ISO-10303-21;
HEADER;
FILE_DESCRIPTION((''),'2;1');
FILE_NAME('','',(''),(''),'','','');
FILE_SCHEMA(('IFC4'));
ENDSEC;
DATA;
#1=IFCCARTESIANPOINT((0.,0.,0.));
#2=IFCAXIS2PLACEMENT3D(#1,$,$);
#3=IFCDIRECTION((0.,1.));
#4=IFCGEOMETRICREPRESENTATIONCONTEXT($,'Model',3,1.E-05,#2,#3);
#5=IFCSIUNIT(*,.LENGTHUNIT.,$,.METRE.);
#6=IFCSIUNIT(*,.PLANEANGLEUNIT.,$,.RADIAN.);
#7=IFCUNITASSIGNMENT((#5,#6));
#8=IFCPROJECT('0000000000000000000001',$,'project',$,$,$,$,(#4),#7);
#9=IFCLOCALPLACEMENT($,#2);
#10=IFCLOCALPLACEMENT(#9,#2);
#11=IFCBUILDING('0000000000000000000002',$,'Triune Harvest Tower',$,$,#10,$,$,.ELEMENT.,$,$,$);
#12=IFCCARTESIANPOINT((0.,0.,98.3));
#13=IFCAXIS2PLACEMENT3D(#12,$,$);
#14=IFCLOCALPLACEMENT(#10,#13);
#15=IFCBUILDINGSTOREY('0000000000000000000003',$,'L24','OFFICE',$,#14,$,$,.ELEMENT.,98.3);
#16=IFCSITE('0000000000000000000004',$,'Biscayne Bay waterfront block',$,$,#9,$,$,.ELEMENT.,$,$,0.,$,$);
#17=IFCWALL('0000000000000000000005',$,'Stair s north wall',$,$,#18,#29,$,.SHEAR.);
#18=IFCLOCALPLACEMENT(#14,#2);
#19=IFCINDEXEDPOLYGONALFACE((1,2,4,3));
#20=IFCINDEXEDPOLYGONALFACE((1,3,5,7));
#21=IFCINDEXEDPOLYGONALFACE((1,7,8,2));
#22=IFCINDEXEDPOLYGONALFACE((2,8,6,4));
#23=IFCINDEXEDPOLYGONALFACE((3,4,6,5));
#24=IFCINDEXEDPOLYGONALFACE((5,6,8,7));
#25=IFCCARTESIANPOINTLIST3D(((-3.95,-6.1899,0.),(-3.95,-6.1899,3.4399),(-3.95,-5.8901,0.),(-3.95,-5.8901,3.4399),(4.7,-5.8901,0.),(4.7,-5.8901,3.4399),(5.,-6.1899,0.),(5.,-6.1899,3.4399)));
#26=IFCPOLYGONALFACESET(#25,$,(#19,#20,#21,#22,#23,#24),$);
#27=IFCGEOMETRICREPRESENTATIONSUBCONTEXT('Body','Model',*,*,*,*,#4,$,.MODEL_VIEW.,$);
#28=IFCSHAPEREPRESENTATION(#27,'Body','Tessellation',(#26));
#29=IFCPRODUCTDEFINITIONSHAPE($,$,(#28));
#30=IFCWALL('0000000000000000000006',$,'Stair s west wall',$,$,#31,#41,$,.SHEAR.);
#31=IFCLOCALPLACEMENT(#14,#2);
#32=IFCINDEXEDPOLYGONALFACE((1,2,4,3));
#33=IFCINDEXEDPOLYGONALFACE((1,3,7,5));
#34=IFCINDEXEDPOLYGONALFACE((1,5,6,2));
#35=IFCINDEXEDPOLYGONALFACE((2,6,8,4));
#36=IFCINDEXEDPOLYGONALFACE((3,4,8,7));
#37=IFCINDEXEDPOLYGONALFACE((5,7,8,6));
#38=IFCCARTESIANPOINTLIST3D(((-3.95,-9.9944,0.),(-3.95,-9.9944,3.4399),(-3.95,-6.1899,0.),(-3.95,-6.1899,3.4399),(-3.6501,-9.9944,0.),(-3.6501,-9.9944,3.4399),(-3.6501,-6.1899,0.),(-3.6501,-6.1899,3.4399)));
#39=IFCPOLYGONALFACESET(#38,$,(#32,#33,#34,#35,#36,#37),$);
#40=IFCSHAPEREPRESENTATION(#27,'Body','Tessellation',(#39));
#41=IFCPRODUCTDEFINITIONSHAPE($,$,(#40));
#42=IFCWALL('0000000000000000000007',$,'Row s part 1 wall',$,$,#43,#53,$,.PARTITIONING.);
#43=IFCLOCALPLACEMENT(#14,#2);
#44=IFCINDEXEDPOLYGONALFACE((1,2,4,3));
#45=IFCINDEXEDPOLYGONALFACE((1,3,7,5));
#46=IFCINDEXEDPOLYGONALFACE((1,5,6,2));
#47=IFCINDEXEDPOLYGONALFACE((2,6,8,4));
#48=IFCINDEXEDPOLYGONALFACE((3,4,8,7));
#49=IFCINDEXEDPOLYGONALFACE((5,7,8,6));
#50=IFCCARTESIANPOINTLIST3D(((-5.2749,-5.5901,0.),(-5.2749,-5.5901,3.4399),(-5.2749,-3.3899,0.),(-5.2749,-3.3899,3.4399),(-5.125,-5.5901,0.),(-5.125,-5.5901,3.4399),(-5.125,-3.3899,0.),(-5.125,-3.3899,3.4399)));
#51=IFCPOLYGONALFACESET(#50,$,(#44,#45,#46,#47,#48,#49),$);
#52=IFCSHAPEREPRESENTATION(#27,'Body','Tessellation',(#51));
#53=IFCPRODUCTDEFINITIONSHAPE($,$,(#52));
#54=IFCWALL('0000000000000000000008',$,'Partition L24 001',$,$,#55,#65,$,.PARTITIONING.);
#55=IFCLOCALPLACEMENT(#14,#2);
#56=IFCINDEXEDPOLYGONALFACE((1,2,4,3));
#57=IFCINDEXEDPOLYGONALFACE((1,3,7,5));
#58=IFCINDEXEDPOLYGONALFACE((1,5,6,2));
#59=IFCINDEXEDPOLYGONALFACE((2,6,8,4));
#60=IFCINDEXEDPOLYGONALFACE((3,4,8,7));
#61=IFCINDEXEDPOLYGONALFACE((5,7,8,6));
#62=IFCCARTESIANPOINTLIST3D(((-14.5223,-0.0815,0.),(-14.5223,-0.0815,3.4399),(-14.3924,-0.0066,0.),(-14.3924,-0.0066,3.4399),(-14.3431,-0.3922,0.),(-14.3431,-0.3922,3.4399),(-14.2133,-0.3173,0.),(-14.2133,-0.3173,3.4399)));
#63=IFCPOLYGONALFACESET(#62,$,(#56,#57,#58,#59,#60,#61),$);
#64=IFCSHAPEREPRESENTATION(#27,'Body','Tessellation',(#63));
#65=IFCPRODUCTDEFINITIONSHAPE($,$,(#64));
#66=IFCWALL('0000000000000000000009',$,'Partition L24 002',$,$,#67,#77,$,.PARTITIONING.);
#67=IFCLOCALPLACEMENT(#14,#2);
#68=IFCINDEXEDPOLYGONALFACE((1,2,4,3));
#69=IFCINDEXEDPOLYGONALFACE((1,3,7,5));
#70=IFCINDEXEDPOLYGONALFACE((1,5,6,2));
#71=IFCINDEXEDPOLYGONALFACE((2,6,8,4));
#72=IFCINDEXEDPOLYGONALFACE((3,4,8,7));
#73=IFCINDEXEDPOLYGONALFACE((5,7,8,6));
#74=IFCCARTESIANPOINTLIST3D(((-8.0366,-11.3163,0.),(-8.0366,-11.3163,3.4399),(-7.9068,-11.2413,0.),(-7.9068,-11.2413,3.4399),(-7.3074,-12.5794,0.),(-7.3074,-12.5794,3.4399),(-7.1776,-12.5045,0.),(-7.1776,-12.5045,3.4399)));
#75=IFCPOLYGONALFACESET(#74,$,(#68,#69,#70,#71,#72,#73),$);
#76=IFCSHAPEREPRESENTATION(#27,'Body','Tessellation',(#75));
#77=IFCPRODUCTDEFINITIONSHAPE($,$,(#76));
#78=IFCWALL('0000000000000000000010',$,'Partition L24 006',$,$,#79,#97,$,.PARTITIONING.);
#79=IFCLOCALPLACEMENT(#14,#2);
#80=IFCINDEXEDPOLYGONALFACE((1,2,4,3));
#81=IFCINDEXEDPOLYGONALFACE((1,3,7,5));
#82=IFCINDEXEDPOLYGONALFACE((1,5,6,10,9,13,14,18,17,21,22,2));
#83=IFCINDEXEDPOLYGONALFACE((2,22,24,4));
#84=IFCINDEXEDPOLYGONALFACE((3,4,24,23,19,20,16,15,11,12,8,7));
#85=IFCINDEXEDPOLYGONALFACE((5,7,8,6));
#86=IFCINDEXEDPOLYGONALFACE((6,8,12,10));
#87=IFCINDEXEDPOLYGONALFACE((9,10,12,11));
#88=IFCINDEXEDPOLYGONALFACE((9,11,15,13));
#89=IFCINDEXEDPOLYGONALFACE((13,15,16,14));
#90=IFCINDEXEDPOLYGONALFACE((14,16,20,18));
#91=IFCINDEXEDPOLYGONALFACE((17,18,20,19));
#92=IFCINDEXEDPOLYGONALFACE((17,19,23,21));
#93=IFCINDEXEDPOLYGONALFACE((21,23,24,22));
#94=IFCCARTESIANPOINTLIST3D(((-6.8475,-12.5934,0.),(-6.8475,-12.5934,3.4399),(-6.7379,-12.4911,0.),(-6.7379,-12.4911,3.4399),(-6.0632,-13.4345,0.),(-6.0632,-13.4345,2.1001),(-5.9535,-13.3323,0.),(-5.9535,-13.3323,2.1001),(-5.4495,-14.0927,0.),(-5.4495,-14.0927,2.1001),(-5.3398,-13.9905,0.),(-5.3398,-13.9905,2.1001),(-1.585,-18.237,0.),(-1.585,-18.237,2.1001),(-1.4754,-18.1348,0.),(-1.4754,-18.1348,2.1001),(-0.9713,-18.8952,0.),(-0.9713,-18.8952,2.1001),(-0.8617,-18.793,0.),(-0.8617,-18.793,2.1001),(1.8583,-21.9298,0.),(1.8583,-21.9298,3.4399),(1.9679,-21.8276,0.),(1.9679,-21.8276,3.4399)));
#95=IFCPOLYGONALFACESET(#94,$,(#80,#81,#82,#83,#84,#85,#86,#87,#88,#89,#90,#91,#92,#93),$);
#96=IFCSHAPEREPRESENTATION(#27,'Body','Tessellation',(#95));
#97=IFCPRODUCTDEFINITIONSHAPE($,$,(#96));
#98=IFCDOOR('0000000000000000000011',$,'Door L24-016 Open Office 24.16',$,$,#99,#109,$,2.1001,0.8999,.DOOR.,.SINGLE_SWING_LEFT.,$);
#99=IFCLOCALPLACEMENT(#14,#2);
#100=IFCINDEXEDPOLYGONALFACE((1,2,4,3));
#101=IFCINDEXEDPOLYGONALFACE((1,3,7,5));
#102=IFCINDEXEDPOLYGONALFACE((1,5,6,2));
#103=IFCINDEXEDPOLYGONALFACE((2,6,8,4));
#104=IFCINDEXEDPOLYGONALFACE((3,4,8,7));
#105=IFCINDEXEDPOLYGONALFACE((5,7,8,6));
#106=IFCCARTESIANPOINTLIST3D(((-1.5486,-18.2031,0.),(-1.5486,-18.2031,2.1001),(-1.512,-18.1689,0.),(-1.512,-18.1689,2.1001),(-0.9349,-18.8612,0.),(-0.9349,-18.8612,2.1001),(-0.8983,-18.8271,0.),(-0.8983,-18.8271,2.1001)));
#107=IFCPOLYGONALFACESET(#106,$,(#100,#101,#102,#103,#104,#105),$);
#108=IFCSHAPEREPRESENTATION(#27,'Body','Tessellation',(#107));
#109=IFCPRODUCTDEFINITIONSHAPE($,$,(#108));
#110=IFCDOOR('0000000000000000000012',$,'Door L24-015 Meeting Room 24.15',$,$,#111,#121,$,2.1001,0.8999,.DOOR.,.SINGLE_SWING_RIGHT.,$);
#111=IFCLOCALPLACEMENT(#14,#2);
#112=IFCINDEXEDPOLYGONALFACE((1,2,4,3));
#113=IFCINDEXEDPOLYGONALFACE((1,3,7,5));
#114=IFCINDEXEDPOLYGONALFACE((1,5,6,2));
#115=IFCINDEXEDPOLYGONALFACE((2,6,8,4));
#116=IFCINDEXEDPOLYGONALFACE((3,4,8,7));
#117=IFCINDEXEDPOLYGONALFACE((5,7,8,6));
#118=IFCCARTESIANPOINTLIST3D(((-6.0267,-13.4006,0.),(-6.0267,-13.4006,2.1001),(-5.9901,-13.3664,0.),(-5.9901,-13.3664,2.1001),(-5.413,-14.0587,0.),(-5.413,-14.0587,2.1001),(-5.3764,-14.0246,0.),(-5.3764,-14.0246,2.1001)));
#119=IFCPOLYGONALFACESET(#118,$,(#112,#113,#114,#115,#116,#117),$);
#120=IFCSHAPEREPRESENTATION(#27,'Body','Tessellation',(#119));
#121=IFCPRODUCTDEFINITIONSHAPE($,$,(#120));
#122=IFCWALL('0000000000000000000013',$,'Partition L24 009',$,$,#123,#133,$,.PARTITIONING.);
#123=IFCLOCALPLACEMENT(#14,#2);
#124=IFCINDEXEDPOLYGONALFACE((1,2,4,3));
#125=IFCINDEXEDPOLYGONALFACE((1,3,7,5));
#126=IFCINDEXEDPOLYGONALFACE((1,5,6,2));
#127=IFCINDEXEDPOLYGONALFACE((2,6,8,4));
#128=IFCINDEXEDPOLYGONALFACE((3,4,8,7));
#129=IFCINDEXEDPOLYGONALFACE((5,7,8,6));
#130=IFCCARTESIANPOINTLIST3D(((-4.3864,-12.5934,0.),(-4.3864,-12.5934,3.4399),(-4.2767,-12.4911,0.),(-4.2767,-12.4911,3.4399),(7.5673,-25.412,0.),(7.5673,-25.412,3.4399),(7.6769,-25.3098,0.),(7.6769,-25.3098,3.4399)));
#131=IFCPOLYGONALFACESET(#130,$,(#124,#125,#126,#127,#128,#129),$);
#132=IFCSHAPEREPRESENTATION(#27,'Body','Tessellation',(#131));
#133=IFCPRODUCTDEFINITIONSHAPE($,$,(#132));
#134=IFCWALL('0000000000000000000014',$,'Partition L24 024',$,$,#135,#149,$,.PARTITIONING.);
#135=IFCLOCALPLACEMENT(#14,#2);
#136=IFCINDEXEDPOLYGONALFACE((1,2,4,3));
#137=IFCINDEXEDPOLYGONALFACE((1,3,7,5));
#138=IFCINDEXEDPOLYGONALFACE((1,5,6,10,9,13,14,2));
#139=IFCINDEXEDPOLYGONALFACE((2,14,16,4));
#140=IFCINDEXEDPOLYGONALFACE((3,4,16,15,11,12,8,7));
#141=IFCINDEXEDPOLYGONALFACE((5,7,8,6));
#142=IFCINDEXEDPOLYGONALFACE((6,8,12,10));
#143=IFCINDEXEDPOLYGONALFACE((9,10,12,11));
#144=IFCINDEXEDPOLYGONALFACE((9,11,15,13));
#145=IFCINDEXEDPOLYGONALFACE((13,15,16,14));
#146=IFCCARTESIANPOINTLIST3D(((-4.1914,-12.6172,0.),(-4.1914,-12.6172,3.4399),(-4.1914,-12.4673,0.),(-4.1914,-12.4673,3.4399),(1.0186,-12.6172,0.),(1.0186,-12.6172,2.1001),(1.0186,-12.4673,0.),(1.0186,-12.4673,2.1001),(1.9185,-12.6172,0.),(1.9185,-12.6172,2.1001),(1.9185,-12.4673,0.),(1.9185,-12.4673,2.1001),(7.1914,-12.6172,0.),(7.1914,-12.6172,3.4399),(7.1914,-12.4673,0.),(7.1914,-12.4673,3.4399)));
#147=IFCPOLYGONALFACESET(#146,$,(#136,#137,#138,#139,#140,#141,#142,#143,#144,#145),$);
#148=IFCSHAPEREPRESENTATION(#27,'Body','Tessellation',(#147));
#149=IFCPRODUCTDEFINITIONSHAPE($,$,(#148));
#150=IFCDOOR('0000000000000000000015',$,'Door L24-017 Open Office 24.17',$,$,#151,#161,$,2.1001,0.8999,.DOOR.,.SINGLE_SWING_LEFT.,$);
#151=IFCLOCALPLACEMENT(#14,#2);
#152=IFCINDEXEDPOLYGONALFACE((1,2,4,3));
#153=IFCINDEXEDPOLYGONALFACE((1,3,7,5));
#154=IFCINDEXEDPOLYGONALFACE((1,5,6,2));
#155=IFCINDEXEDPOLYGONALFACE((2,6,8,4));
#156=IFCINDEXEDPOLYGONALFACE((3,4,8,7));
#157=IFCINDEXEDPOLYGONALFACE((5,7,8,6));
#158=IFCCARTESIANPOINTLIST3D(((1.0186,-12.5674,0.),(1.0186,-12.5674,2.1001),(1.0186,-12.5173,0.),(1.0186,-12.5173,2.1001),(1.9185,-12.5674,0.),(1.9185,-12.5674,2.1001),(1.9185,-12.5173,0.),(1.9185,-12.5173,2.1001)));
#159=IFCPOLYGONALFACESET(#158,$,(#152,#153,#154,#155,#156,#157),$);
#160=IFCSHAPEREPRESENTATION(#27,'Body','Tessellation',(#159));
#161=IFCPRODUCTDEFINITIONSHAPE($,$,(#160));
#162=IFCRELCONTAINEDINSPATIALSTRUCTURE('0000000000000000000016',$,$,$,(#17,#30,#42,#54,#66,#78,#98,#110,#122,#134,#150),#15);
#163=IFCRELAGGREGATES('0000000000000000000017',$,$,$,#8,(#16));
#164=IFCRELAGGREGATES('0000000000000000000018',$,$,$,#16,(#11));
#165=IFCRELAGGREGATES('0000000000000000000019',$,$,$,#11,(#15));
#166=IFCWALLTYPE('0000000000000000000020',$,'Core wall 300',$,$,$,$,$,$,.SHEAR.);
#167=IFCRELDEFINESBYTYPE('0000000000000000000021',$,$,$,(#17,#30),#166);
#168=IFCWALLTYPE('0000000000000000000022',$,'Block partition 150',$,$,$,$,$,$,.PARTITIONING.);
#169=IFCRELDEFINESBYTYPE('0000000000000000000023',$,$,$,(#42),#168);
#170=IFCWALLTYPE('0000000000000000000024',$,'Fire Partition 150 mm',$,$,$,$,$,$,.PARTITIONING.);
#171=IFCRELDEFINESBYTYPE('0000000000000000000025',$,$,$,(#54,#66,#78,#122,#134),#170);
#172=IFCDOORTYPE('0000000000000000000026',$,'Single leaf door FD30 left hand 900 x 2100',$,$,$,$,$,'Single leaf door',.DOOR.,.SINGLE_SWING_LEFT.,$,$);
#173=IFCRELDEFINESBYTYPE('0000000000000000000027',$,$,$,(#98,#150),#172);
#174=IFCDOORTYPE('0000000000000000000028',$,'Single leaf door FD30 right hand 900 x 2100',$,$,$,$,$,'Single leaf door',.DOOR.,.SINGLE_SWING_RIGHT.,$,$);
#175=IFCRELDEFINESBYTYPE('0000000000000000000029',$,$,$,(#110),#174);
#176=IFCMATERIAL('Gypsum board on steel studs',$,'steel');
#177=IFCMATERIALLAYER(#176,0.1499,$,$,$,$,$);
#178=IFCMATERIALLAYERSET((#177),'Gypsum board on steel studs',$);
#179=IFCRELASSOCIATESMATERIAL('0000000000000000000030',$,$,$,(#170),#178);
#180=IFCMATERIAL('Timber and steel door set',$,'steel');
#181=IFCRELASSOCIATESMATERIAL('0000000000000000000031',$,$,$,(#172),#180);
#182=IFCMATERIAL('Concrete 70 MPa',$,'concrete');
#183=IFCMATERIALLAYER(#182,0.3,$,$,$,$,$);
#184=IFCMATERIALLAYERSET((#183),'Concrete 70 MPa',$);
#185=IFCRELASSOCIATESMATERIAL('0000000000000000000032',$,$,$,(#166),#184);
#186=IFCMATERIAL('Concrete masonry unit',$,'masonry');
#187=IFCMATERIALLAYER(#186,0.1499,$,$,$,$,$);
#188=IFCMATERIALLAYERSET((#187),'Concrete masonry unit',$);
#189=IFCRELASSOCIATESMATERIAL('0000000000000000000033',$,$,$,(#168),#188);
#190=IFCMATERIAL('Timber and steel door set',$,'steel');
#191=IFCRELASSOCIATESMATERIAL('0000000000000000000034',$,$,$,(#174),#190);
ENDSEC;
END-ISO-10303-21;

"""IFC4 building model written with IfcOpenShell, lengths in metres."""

from ifc_helpers import new_model, si_unit, direction, frame, frame_2d, origin, place, context, subcontext, project, spatial, polyline, rectangle, outline, extrude, source, transform, mapped, material, layer, layer_set, type_object, element, fill, save


model = new_model("IFC4")

# Units and contexts
model_context = context("Model", 3, precision=1e-05, world=origin(), true_north=direction((0.0, 1.0)))
body_context = subcontext(model_context, "Body", "Model", "MODEL_VIEW")
ifc_project = project(units=[si_unit("LENGTHUNIT", "METRE"), si_unit("PLANEANGLEUNIT", "RADIAN")], contexts=[model_context])

# Site, building, storey
site_placement = place(None, origin())
site = spatial("IfcSite", under=ifc_project, at=site_placement, Name="Biscayne Bay waterfront block", CompositionType="ELEMENT", RefElevation=0.0)
building_placement = place(site_placement, origin())
building = spatial("IfcBuilding", under=site, at=building_placement, Name="Triune Harvest Tower", CompositionType="ELEMENT")
storey_placement = place(building_placement, frame((0.0, 0.0, 98.3)))
storey = spatial("IfcBuildingStorey", under=building, at=storey_placement, Name="L24", Description="OFFICE", CompositionType="ELEMENT", Elevation=98.3)

# Shared definitions
ifc_material_1 = material(Name="Gypsum board on steel studs", Category="steel")
ifc_layer_1 = layer(ifc_material_1, 0.1499)
ifc_layer_set_1 = layer_set([ifc_layer_1], Name="Gypsum board on steel studs")
wall_type_1 = type_object("IfcWallType", Name="Fire Partition 150 mm", PredefinedType="PARTITIONING", material=ifc_layer_set_1)
ifc_material_2 = material(Name="Timber and steel door set", Category="steel")
door_type_1 = type_object("IfcDoorType", Name="Single leaf door FD30 left hand 900 x 2100", ElementType="Single leaf door", OperationType="SINGLE_SWING_LEFT", PredefinedType="DOOR", material=ifc_material_2)

# Shared definitions
ifc_material_3 = material(Name="Concrete 70 MPa", Category="concrete")
ifc_layer_2 = layer(ifc_material_3, 0.3)
ifc_layer_set_2 = layer_set([ifc_layer_2], Name="Concrete 70 MPa")
wall_type_2 = type_object("IfcWallType", Name="Core wall 300", PredefinedType="SHEAR", material=ifc_layer_set_2)

# Walls
shared_shape_1 = source(origin(), body_context, "Body", "SweptSolid", [
    extrude(outline(polyline([(0.0, -0.1499), (8.95, -0.1499), (8.6499, 0.1499), (0.0, 0.1499), (0.0, -0.1499)])), origin(), (0.0, 0.0, 1.0), 3.4399),
])
wall_1_placement = place(storey_placement, frame((-3.95, -6.04, 0.0), z_axis=(0.0, 0.0, 1.0), x_axis=(1.0, 0.0, 0.0)))
element("IfcWall", 1, at=wall_1_placement, inside=storey, type_object=wall_type_2, Name="Stair s north wall", PredefinedType="SHEAR", context=body_context, shape_type="MappedRepresentation", body=[
    mapped(shared_shape_1, transform((0.0, 0.0, 0.0), scale=1.0)),
])
shared_shape_2 = source(origin(), body_context, "Body", "SweptSolid", [
    extrude(outline(polyline([(3.8, -0.1499), (-0.0044, -0.1499), (-0.0044, 0.1499), (3.8, 0.1499), (3.8, -0.1499)])), origin(), (0.0, 0.0, 1.0), 3.4399),
])
wall_2_placement = place(storey_placement, frame((-3.8, -9.99, 0.0), z_axis=(0.0, 0.0, 1.0), x_axis=(0.0, 1.0, 0.0)))
element("IfcWall", 2, at=wall_2_placement, inside=storey, type_object=wall_type_2, Name="Stair s west wall", PredefinedType="SHEAR", context=body_context, shape_type="MappedRepresentation", body=[
    mapped(shared_shape_2, transform((0.0, 0.0, 0.0), scale=1.0)),
])
ifc_material_4 = material(Name="Concrete masonry unit", Category="masonry")
ifc_layer_3 = layer(ifc_material_4, 0.1499)
ifc_layer_set_3 = layer_set([ifc_layer_3], Name="Concrete masonry unit")
wall_type_3 = type_object("IfcWallType", Name="Block partition 150", PredefinedType="PARTITIONING", material=ifc_layer_set_3)
shared_shape_3 = source(origin(), body_context, "Body", "SweptSolid", [
    extrude(rectangle(XDim=2.2002, YDim=0.1499, at=frame_2d((1.1001, 0.0))), origin(), (0.0, 0.0, 1.0), 3.4399),
])
wall_3_placement = place(storey_placement, frame((-5.2, -5.5901, 0.0), z_axis=(0.0, 0.0, 1.0), x_axis=(0.0, 1.0, 0.0)))
element("IfcWall", 3, at=wall_3_placement, inside=storey, type_object=wall_type_3, Name="Row s part 1 wall", PredefinedType="PARTITIONING", context=body_context, shape_type="MappedRepresentation", body=[
    mapped(shared_shape_3, transform((0.0, 0.0, 0.0), scale=1.0)),
])
shared_shape_4 = source(origin(), body_context, "Body", "SweptSolid", [
    extrude(rectangle(XDim=0.3586, YDim=0.1499, at=frame_2d((0.1792, 0.0))), origin(), (0.0, 0.0, 1.0), 3.4399),
])
wall_4_placement = place(storey_placement, frame((-14.4573, -0.0442, 0.0), z_axis=(0.0, 0.0, 1.0), x_axis=(0.499506, -0.86631, 0.0)))
element("IfcWall", 4, at=wall_4_placement, inside=storey, type_object=wall_type_1, Name="Partition L24 001", PredefinedType="PARTITIONING", context=body_context, shape_type="MappedRepresentation", body=[
    mapped(shared_shape_4, transform((0.0, 0.0, 0.0), scale=1.0)),
])
shared_shape_5 = source(origin(), body_context, "Body", "SweptSolid", [
    extrude(rectangle(XDim=1.4585, YDim=0.1499, at=frame_2d((0.7292, 0.0))), origin(), (0.0, 0.0, 1.0), 3.4399),
])
wall_5_placement = place(storey_placement, frame((-7.9717, -11.2788, 0.0), z_axis=(0.0, 0.0, 1.0), x_axis=(0.499974, -0.866041, 0.0)))
element("IfcWall", 5, at=wall_5_placement, inside=storey, type_object=wall_type_1, Name="Partition L24 002", PredefinedType="PARTITIONING", context=body_context, shape_type="MappedRepresentation", body=[
    mapped(shared_shape_5, transform((0.0, 0.0, 0.0), scale=1.0)),
])

# Wall, openings, doors
shared_shape_6 = source(origin(), body_context, "Body", "SweptSolid", [
    extrude(rectangle(XDim=12.7656, YDim=0.1499, at=frame_2d((6.3828, 0.0))), origin(), (0.0, 0.0, 1.0), 3.4399),
])
wall_6_placement = place(storey_placement, frame((-6.7927, -12.5422, 0.0), z_axis=(0.0, 0.0, 1.0), x_axis=(0.681975, -0.731375, 0.0)))
wall_6 = element("IfcWall", 6, at=wall_6_placement, inside=storey, type_object=wall_type_1, Name="Partition L24 006", PredefinedType="PARTITIONING", context=body_context, shape_type="MappedRepresentation", body=[
    mapped(shared_shape_6, transform((0.0, 0.0, 0.0), scale=1.0)),
])
opening_1_placement = place(wall_6_placement, frame((1.1501, 0.0, 0.0)))
opening_1 = element("IfcOpeningElement", 7, at=opening_1_placement, cuts=wall_6, PredefinedType="OPENING", context=body_context, shape_type="SweptSolid", body=[
    extrude(rectangle(XDim=0.8999, YDim=2.1001, at=frame_2d((0.45, 1.05))), frame((0.0, 0.085, 0.0), z_axis=(0.0, -1.0, 0.0), x_axis=(1.0, 0.0, 0.0)), (0.0, 0.0, 1.0), 0.1699),
])
opening_2_placement = place(wall_6_placement, frame((7.7166, 0.0, 0.0)))
opening_2 = element("IfcOpeningElement", 8, at=opening_2_placement, cuts=wall_6, PredefinedType="OPENING", context=body_context, shape_type="SweptSolid", body=[
    extrude(rectangle(XDim=0.8999, YDim=2.1001, at=frame_2d((0.45, 1.05))), frame((0.0, 0.085, 0.0), z_axis=(0.0, -1.0, 0.0), x_axis=(1.0, 0.0, 0.0)), (0.0, 0.0, 1.0), 0.1699),
])
door_1_placement = place(opening_2_placement, origin())
door_1 = element("IfcDoor", 9, at=door_1_placement, inside=storey, type_object=door_type_1, Name="Door L24-016 Open Office 24.16", OperationType="SINGLE_SWING_LEFT", OverallHeight=2.1001, OverallWidth=0.8999, PredefinedType="DOOR", context=body_context, shape_type="SweptSolid", body=[
    extrude(rectangle(XDim=0.8999, YDim=2.1001, at=frame_2d((0.45, 1.05))), frame((0.0, 0.0249, 0.0), z_axis=(0.0, -1.0, 0.0), x_axis=(1.0, 0.0, 0.0)), (0.0, 0.0, 1.0), 0.05),
])
fill(opening_2, door_1)
ifc_material_5 = material(Name="Timber and steel door set", Category="steel")
door_type_2 = type_object("IfcDoorType", Name="Single leaf door FD30 right hand 900 x 2100", ElementType="Single leaf door", OperationType="SINGLE_SWING_RIGHT", PredefinedType="DOOR", material=ifc_material_5)
door_2_placement = place(opening_1_placement, origin())
door_2 = element("IfcDoor", 10, at=door_2_placement, inside=storey, type_object=door_type_2, Name="Door L24-015 Meeting Room 24.15", OperationType="SINGLE_SWING_RIGHT", OverallHeight=2.1001, OverallWidth=0.8999, PredefinedType="DOOR", context=body_context, shape_type="SweptSolid", body=[
    extrude(rectangle(XDim=0.8999, YDim=2.1001, at=frame_2d((0.45, 1.05))), frame((0.0, 0.0249, 0.0), z_axis=(0.0, -1.0, 0.0), x_axis=(1.0, 0.0, 0.0)), (0.0, 0.0, 1.0), 0.05),
])
fill(opening_1, door_2)

# Wall
shared_shape_7 = source(origin(), body_context, "Body", "SweptSolid", [
    extrude(rectangle(XDim=17.5273, YDim=0.1499, at=frame_2d((8.7637, 0.0))), origin(), (0.0, 0.0, 1.0), 3.4399),
])
wall_7_placement = place(storey_placement, frame((-4.3315, -12.5422, 0.0), z_axis=(0.0, 0.0, 1.0), x_axis=(0.682001, -0.731352, 0.0)))
element("IfcWall", 11, at=wall_7_placement, inside=storey, type_object=wall_type_1, Name="Partition L24 009", PredefinedType="PARTITIONING", context=body_context, shape_type="MappedRepresentation", body=[
    mapped(shared_shape_7, transform((0.0, 0.0, 0.0), scale=1.0)),
])

# Wall, opening, door
shared_shape_8 = source(origin(), body_context, "Body", "SweptSolid", [
    extrude(rectangle(XDim=11.3828, YDim=0.1499, at=frame_2d((5.6914, 0.0))), origin(), (0.0, 0.0, 1.0), 3.4399),
])
wall_8_placement = place(storey_placement, frame((-4.1914, -12.5422, 0.0), z_axis=(0.0, 0.0, 1.0), x_axis=(1.0, 0.0, 0.0)))
wall_8 = element("IfcWall", 12, at=wall_8_placement, inside=storey, type_object=wall_type_1, Name="Partition L24 024", PredefinedType="PARTITIONING", context=body_context, shape_type="MappedRepresentation", body=[
    mapped(shared_shape_8, transform((0.0, 0.0, 0.0), scale=1.0)),
])
opening_3_placement = place(wall_8_placement, frame((5.21, 0.0, 0.0)))
opening_3 = element("IfcOpeningElement", 13, at=opening_3_placement, cuts=wall_8, PredefinedType="OPENING", context=body_context, shape_type="SweptSolid", body=[
    extrude(rectangle(XDim=0.8999, YDim=2.1001, at=frame_2d((0.45, 1.05))), frame((0.0, 0.085, 0.0), z_axis=(0.0, -1.0, 0.0), x_axis=(1.0, 0.0, 0.0)), (0.0, 0.0, 1.0), 0.1699),
])
door_3_placement = place(opening_3_placement, origin())
door_3 = element("IfcDoor", 14, at=door_3_placement, inside=storey, type_object=door_type_1, Name="Door L24-017 Open Office 24.17", OperationType="SINGLE_SWING_LEFT", OverallHeight=2.1001, OverallWidth=0.8999, PredefinedType="DOOR", context=body_context, shape_type="SweptSolid", body=[
    extrude(rectangle(XDim=0.8999, YDim=2.1001, at=frame_2d((0.45, 1.05))), frame((0.0, 0.0249, 0.0), z_axis=(0.0, -1.0, 0.0), x_axis=(1.0, 0.0, 0.0)), (0.0, 0.0, 1.0), 0.05),
])
fill(opening_3, door_3)

save(model, "model.ifc")
